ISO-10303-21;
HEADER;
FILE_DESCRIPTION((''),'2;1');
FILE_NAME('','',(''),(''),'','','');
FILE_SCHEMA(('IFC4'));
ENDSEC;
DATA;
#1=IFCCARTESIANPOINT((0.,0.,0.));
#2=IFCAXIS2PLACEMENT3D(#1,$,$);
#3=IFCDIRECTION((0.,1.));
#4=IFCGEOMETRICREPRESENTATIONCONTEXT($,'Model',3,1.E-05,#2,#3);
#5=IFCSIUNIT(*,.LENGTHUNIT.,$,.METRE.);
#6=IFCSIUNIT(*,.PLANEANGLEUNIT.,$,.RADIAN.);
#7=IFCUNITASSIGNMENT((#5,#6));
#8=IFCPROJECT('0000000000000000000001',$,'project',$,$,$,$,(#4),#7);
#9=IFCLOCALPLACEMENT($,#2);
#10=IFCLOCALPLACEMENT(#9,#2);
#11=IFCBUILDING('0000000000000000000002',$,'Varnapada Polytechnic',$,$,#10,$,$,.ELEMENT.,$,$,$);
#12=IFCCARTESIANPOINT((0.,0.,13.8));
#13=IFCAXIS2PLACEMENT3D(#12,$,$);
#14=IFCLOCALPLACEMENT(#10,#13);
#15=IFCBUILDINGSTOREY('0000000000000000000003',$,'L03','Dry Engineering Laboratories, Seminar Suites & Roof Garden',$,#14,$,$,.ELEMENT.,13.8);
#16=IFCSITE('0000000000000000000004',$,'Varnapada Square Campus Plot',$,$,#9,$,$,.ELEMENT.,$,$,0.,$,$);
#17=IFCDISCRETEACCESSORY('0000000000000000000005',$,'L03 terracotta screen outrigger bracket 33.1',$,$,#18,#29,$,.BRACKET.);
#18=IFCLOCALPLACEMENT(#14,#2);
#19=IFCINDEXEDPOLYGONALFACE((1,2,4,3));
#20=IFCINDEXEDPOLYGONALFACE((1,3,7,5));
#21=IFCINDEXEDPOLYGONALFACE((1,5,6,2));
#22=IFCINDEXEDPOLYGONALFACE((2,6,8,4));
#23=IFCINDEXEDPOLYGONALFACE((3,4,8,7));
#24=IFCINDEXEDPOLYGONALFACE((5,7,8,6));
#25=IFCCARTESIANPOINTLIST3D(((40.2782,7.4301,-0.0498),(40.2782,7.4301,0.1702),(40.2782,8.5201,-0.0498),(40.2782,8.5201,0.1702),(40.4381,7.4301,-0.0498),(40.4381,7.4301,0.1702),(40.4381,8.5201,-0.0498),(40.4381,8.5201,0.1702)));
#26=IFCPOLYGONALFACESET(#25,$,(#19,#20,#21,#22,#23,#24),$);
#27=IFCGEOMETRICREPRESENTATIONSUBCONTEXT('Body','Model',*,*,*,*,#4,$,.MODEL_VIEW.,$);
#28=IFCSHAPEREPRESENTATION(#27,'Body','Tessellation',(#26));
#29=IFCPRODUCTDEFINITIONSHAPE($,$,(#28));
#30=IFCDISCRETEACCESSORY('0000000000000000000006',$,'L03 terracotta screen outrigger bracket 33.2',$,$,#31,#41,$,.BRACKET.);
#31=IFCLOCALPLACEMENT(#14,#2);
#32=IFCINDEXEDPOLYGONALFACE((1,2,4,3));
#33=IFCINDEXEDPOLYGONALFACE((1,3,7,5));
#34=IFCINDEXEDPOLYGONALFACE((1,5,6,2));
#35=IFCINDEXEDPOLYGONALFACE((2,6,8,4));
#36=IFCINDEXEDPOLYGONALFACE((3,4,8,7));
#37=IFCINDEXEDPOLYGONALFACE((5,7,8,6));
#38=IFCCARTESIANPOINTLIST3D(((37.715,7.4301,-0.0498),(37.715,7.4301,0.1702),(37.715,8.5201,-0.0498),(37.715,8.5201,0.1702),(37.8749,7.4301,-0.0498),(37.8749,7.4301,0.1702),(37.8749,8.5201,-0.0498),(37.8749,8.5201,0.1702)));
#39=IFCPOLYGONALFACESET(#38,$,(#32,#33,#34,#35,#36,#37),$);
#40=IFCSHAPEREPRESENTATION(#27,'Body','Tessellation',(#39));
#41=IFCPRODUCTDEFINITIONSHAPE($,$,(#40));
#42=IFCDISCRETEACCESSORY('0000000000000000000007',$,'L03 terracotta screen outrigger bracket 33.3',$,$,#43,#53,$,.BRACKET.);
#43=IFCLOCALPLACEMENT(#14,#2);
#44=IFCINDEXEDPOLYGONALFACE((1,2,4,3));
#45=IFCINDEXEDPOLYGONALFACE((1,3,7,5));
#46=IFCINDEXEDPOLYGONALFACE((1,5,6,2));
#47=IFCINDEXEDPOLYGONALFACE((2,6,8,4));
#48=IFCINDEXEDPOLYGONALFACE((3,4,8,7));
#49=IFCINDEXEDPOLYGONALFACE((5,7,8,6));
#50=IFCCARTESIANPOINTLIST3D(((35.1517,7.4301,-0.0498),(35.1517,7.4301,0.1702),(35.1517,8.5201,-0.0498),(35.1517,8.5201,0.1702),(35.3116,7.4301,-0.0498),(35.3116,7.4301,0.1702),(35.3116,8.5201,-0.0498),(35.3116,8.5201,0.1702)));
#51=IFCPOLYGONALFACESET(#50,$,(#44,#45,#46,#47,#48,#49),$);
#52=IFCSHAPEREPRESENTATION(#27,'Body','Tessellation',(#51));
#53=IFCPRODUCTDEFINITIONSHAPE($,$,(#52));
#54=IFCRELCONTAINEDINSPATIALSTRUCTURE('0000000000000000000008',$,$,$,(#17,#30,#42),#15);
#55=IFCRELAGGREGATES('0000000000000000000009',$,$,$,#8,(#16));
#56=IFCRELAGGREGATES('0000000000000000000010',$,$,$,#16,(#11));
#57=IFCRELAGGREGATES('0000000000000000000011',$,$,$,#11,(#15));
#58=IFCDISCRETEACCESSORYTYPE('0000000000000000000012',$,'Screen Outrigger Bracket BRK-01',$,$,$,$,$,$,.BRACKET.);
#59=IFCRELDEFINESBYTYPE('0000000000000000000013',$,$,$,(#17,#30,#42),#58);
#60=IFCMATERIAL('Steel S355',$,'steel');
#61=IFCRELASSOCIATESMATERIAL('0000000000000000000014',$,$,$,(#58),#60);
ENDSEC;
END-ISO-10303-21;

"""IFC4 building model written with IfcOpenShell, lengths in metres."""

from ifc_helpers import new_model, si_unit, direction, frame, origin, origin_2d, place, context, subcontext, project, spatial, rectangle, extrude, material, type_object, element, save


model = new_model("IFC4")

# Units and contexts
model_context = context("Model", 3, precision=1e-05, world=origin(), true_north=direction((0.0, 1.0)))
body_context = subcontext(model_context, "Body", "Model", "MODEL_VIEW")
ifc_project = project(units=[si_unit("LENGTHUNIT", "METRE"), si_unit("PLANEANGLEUNIT", "RADIAN")], contexts=[model_context])

# Site, building, storey
site_placement = place(None, origin())
site = spatial("IfcSite", under=ifc_project, at=site_placement, Name="Varnapada Square Campus Plot", CompositionType="ELEMENT", RefElevation=0.0)
building_placement = place(site_placement, origin())
building = spatial("IfcBuilding", under=site, at=building_placement, Name="Varnapada Polytechnic", CompositionType="ELEMENT")
storey_placement = place(building_placement, frame((0.0, 0.0, 13.8)))
storey = spatial("IfcBuildingStorey", under=building, at=storey_placement, Name="L03", Description="Dry Engineering Laboratories, Seminar Suites & Roof Garden", CompositionType="ELEMENT", Elevation=13.8)

# Discrete accessories
ifc_material_1 = material(Name="Steel S355", Category="steel")
discrete_accessory_type = type_object("IfcDiscreteAccessoryType", Name="Screen Outrigger Bracket BRK-01", PredefinedType="BRACKET", material=ifc_material_1)
for number, where, z_axis, x_axis, name in (
    (1, (40.3582, 7.9751, -0.0498), (0.0, 0.0, 1.0), (-1.0, 0.0, 0.0), "L03 terracotta screen outrigger bracket 33.1"),
    (2, (37.7949, 7.9751, -0.0498), (0.0, 0.0, 1.0), (-1.0, 0.0, 0.0), "L03 terracotta screen outrigger bracket 33.2"),
    (3, (35.2317, 7.9751, -0.0498), (0.0, 0.0, 1.0), (-1.0, 0.0, 0.0), "L03 terracotta screen outrigger bracket 33.3"),
):
    element("IfcDiscreteAccessory", number, at=place(storey_placement, frame(where, z_axis=z_axis, x_axis=x_axis)), inside=storey, type_object=discrete_accessory_type, Name=name, PredefinedType="BRACKET", context=body_context, shape_type="SweptSolid", body=[
        extrude(rectangle(XDim=0.1599, YDim=1.0901, at=origin_2d()), origin(), (0.0, 0.0, 1.0), 0.22),
    ])

save(model, "model.ifc")
